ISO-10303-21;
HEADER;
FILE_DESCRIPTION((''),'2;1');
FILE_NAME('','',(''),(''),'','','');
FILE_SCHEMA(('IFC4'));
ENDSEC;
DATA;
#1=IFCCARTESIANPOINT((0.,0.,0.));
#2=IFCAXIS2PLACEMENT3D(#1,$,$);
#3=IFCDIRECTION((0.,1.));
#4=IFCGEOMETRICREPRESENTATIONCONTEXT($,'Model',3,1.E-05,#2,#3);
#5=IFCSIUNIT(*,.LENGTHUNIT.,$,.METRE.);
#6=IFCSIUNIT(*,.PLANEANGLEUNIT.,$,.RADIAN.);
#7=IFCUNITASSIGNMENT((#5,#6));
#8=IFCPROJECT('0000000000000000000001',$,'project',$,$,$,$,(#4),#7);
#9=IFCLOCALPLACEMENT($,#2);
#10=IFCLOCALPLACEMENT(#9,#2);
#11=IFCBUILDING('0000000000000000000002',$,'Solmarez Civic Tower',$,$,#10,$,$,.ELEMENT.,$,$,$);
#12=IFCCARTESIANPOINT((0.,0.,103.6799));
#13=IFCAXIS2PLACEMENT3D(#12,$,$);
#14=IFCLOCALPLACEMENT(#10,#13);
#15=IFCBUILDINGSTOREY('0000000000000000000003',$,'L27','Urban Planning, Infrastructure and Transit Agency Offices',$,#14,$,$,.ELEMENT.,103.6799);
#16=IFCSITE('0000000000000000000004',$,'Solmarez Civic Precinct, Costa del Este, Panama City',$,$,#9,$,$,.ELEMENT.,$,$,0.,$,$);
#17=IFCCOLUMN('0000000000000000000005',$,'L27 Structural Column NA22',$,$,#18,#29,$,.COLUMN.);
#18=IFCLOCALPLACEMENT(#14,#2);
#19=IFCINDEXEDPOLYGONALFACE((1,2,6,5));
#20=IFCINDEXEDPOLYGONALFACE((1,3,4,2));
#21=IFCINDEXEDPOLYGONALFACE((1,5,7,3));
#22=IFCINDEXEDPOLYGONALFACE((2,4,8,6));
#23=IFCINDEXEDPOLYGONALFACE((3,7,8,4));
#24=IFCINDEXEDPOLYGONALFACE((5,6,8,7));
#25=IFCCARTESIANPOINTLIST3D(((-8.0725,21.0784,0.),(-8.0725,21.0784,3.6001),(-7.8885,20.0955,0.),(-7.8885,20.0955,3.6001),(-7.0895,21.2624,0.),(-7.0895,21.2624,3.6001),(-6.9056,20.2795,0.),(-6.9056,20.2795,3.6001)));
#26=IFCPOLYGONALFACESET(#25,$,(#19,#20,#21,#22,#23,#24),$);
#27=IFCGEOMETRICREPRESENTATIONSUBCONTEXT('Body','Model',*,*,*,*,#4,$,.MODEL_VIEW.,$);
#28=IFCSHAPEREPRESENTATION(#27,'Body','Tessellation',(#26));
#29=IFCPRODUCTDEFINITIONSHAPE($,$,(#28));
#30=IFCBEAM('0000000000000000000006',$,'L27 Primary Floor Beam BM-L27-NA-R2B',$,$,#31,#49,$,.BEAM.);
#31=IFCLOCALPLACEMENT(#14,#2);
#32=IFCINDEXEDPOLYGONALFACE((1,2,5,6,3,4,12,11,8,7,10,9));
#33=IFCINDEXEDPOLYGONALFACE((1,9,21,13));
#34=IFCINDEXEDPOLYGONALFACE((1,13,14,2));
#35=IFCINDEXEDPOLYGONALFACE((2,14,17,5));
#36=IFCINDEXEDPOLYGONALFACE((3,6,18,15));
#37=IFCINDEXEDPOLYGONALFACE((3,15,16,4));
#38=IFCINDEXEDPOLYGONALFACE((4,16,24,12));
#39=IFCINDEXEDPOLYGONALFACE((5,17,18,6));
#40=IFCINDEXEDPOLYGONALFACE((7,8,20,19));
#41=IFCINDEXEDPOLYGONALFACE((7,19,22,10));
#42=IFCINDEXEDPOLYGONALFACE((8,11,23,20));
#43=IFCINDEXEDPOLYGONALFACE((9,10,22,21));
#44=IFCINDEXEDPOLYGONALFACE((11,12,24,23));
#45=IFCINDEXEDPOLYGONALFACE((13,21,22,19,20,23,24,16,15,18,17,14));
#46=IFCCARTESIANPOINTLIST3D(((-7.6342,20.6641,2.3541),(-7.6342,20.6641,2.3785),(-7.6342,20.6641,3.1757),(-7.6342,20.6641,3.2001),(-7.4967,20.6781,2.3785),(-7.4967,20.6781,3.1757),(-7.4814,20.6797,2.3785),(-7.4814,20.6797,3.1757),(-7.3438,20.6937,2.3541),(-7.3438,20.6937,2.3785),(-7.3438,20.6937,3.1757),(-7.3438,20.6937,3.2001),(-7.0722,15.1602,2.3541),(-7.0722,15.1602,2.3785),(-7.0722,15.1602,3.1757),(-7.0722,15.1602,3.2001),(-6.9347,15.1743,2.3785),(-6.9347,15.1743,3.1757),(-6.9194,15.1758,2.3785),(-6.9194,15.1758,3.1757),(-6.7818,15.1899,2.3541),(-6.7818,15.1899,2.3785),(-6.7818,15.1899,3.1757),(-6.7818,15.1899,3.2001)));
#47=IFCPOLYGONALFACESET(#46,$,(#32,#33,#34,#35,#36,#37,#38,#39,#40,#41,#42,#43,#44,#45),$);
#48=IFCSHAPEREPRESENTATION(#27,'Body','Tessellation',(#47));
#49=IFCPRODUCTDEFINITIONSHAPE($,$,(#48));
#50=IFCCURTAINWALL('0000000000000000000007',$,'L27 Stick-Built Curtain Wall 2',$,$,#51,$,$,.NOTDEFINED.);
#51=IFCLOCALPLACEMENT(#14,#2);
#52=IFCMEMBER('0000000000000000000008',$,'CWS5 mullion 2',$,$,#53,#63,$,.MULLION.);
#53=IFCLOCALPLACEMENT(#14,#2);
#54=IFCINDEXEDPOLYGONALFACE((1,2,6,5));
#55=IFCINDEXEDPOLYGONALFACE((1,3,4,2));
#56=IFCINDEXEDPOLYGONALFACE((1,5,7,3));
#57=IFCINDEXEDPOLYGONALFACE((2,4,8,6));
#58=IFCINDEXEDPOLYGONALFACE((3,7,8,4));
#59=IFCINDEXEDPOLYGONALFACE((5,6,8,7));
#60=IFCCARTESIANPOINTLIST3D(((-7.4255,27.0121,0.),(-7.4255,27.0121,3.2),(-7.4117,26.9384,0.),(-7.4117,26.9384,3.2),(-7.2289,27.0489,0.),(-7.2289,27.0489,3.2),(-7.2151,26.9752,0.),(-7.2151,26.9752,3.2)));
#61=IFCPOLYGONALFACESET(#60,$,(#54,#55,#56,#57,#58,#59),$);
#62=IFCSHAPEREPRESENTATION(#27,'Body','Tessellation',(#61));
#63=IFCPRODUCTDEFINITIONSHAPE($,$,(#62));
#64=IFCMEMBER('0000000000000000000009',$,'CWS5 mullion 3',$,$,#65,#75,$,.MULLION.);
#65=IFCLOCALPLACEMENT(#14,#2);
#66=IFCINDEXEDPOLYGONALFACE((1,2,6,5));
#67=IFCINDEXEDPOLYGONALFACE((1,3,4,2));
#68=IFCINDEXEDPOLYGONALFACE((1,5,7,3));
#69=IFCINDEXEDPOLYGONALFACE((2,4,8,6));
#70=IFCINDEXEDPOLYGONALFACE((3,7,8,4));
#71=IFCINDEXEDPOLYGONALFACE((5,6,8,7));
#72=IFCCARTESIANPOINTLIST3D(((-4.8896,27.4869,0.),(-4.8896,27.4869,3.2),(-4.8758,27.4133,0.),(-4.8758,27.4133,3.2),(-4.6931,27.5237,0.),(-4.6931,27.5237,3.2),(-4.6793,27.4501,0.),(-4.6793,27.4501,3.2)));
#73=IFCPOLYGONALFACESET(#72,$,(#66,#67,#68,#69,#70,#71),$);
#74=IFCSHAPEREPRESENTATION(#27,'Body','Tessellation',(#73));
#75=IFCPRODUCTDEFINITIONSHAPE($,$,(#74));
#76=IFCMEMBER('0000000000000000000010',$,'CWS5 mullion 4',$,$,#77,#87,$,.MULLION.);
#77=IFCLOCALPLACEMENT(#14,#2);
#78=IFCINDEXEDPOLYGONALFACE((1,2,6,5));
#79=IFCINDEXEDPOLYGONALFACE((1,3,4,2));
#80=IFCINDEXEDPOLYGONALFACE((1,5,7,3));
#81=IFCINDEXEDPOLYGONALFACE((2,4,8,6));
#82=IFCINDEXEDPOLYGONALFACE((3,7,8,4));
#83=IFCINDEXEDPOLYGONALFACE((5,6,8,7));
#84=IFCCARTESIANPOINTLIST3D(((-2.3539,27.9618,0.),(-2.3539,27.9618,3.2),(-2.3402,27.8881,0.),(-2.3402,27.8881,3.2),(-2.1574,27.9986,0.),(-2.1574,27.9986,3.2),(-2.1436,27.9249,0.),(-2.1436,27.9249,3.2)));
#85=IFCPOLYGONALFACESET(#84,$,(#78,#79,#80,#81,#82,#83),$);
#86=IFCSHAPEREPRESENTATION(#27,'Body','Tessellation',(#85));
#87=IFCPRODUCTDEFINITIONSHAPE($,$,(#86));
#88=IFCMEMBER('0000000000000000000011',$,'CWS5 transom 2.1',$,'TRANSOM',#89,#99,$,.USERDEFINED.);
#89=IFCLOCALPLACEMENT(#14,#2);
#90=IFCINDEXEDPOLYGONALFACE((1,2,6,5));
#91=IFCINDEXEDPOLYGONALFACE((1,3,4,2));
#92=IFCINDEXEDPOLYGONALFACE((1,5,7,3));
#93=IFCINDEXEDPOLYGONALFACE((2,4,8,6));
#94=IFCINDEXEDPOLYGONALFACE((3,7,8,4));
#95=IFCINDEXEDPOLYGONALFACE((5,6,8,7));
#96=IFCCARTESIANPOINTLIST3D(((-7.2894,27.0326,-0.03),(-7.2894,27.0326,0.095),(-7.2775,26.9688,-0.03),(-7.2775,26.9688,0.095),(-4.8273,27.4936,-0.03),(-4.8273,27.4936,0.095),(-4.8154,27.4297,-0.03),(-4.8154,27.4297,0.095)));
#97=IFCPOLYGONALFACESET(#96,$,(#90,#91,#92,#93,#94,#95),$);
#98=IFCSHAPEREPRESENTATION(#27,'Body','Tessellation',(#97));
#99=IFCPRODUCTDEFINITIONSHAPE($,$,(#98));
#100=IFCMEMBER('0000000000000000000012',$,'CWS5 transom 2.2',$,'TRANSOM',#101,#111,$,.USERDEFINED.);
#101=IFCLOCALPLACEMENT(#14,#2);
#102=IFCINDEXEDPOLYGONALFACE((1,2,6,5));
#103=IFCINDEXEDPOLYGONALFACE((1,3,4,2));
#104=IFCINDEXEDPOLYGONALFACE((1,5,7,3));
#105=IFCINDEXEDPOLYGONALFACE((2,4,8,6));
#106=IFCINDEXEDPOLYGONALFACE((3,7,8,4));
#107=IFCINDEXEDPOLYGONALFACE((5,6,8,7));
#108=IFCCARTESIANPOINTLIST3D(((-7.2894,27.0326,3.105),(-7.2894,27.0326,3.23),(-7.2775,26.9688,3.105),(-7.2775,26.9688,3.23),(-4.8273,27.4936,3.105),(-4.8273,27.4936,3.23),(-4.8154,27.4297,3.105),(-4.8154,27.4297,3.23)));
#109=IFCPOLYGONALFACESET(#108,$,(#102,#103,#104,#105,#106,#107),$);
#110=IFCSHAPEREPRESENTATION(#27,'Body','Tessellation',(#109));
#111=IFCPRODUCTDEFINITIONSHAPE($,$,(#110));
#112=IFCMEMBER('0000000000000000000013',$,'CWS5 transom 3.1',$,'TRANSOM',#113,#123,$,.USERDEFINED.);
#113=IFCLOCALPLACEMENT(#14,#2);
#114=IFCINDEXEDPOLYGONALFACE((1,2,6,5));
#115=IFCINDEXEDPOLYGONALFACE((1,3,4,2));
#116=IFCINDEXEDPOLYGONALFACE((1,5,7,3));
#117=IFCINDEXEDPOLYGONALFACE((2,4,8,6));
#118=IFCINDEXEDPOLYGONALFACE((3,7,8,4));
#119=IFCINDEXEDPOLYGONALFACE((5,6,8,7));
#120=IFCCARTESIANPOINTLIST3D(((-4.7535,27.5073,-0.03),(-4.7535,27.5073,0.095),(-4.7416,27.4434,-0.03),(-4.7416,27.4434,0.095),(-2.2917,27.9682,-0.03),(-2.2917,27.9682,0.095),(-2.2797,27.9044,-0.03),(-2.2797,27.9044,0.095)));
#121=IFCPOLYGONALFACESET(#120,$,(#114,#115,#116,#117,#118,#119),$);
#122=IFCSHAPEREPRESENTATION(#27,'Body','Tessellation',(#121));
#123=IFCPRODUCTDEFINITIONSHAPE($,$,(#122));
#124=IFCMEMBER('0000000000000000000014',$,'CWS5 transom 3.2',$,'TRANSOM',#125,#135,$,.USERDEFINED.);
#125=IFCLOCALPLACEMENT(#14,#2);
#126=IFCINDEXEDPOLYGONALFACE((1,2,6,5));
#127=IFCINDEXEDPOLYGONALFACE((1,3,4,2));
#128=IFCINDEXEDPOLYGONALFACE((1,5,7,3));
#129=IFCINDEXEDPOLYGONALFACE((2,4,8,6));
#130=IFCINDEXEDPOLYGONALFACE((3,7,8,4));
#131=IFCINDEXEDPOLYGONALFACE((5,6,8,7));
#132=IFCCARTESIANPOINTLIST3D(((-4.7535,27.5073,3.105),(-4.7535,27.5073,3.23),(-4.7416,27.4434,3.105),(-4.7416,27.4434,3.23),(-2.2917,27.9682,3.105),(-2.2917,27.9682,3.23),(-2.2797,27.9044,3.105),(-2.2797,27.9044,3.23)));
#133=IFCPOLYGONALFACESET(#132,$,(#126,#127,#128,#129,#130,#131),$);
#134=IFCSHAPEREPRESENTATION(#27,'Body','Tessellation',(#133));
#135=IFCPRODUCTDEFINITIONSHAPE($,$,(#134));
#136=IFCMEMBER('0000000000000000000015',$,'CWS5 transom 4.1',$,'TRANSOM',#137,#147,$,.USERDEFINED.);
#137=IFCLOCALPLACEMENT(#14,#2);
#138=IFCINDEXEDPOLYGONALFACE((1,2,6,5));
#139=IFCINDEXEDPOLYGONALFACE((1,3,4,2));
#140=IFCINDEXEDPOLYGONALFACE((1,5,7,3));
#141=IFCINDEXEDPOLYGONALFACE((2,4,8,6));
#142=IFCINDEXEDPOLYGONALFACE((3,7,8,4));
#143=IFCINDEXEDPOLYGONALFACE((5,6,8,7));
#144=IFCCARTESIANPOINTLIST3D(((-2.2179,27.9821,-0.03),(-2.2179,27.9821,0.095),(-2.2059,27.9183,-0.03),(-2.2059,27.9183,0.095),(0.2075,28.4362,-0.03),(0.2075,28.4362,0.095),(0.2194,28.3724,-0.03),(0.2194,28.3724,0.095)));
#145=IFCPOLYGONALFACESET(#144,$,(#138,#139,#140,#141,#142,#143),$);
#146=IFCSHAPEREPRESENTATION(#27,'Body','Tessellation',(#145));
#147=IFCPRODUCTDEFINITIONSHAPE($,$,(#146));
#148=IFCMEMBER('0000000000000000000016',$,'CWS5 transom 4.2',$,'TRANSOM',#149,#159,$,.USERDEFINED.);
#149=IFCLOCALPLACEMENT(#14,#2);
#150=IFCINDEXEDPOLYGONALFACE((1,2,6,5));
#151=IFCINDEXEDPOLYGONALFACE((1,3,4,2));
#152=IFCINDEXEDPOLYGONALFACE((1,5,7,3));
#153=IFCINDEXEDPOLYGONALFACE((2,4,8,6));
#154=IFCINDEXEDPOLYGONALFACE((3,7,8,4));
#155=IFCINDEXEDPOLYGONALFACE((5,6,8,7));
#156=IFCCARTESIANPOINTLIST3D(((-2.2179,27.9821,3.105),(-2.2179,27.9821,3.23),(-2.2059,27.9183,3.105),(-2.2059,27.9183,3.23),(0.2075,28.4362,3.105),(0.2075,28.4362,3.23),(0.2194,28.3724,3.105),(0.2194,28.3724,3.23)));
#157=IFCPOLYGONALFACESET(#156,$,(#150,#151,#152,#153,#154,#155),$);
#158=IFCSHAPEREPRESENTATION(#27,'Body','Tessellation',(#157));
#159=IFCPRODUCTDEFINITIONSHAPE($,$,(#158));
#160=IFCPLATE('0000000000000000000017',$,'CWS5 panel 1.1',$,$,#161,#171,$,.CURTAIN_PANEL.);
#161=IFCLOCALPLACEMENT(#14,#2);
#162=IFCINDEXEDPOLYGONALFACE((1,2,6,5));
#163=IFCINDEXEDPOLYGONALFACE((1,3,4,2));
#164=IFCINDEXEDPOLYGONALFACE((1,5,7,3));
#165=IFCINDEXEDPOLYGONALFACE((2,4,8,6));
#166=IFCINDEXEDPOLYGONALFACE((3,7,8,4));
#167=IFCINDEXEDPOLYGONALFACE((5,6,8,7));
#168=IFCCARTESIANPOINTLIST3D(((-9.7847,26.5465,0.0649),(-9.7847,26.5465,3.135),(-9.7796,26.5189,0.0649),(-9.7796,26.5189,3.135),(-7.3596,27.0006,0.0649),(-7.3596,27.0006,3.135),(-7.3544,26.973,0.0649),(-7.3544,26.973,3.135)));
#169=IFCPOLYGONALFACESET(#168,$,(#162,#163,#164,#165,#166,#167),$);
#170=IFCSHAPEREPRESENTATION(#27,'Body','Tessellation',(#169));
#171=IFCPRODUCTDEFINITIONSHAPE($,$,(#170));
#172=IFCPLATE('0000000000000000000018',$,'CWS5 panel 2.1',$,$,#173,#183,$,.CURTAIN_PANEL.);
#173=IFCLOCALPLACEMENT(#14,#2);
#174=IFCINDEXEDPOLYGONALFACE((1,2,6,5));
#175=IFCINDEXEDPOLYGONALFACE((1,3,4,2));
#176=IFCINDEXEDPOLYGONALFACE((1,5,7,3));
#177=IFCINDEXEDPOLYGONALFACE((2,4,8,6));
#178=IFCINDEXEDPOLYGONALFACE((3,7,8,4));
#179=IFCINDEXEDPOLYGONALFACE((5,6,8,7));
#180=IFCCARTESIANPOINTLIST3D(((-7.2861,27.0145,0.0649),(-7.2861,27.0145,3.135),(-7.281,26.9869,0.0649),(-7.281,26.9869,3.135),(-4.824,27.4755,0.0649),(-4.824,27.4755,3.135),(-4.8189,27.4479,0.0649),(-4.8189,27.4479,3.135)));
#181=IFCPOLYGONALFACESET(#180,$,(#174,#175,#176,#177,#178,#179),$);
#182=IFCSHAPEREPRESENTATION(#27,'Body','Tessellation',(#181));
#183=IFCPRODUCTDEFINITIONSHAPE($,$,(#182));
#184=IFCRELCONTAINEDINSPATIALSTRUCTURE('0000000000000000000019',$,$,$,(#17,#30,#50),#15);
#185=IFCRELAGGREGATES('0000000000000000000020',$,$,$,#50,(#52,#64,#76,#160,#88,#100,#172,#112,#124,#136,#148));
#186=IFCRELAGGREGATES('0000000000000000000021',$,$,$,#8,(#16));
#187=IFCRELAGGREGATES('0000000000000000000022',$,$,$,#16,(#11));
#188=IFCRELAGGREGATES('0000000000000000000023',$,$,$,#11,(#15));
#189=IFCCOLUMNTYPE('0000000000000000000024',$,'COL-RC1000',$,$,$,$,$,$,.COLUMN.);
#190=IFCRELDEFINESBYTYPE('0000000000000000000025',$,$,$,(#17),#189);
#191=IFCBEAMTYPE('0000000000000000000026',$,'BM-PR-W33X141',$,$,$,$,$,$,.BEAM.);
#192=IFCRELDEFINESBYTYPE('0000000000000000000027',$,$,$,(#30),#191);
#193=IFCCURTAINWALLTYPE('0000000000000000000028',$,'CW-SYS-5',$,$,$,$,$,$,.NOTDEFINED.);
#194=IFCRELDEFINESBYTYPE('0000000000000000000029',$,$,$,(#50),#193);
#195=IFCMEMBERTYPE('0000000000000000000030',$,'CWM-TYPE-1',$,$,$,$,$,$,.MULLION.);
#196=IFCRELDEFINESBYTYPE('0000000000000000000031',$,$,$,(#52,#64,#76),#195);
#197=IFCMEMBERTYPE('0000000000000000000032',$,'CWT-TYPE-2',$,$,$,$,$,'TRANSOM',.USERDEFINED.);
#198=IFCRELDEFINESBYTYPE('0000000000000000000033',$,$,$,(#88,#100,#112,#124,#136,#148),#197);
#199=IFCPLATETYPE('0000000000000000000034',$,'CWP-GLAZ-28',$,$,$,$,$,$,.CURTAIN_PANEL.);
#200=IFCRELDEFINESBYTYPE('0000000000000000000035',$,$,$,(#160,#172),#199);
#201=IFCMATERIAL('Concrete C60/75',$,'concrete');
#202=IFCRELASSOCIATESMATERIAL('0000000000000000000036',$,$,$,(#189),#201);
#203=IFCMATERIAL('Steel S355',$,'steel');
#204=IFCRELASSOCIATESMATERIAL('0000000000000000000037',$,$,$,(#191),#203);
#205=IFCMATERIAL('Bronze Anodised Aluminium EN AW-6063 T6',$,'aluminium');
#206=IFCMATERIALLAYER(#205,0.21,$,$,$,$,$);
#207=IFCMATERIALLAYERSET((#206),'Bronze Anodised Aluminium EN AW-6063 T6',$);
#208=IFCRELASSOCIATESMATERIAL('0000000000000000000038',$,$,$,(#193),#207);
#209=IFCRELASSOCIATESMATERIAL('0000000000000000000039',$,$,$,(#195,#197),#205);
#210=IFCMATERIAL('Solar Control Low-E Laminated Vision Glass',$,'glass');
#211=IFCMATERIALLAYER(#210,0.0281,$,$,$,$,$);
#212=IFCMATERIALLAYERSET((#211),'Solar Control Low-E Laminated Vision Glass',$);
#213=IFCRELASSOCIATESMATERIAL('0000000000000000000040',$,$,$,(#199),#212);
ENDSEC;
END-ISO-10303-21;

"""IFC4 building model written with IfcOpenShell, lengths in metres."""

from ifc_helpers import new_model, si_unit, direction, frame, origin, origin_2d, place, context, subcontext, project, spatial, rectangle, i_section, extrude, material, layer, layer_set, material_profile, profile_set, type_object, element, aggregate, save


model = new_model("IFC4")

# Units and contexts
model_context = context("Model", 3, precision=1e-05, world=origin(), true_north=direction((0.0, 1.0)))
body_context = subcontext(model_context, "Body", "Model", "MODEL_VIEW")
ifc_project = project(units=[si_unit("LENGTHUNIT", "METRE"), si_unit("PLANEANGLEUNIT", "RADIAN")], contexts=[model_context])

# Site, building, storey
site_placement = place(None, origin())
site = spatial("IfcSite", under=ifc_project, at=site_placement, Name="Solmarez Civic Precinct, Costa del Este, Panama City", CompositionType="ELEMENT", RefElevation=0.0)
building_placement = place(site_placement, origin())
building = spatial("IfcBuilding", under=site, at=building_placement, Name="Solmarez Civic Tower", CompositionType="ELEMENT")
storey_placement = place(building_placement, frame((0.0, 0.0, 103.6799)))
storey = spatial("IfcBuildingStorey", under=building, at=storey_placement, Name="L27", Description="Urban Planning, Infrastructure and Transit Agency Offices", CompositionType="ELEMENT", Elevation=103.6799)

# Column
ifc_material_1 = material(Name="Concrete C60/75", Category="concrete")
ifc_material_profile_1 = material_profile(ifc_material_1, rectangle(XDim=1.0, YDim=1.0, at=origin_2d()), Name="RC1000X1000")
ifc_profile_set_1 = profile_set([ifc_material_profile_1], Name="Concrete C60/75")
column_type = type_object("IfcColumnType", Name="COL-RC1000", PredefinedType="COLUMN", material=ifc_profile_set_1)
column_placement = place(storey_placement, frame((-7.489, 20.679, 0.0), z_axis=(0.0, 0.0, 1.0), x_axis=(0.982935, 0.183951, 0.0)))
element("IfcColumn", 1, at=column_placement, inside=storey, type_object=column_type, Name="L27 Structural Column NA22", PredefinedType="COLUMN", context=body_context, shape_type="SweptSolid", body=[
    extrude(rectangle(XDim=1.0, YDim=1.0, at=origin_2d()), origin(), (0.0, 0.0, 1.0), 3.6001),
])

# Beam
ifc_material_2 = material(Name="Steel S355", Category="steel")
ifc_material_profile_2 = material_profile(ifc_material_2, i_section(OverallWidth=0.292, OverallDepth=0.8459, WebThickness=0.0154, FlangeThickness=0.0244, at=origin_2d()), Name="W33X141")
ifc_profile_set_2 = profile_set([ifc_material_profile_2], Name="Steel S355")
beam_type = type_object("IfcBeamType", Name="BM-PR-W33X141", PredefinedType="BEAM", material=ifc_profile_set_2)
beam_placement = place(storey_placement, frame((-6.927, 15.175, 2.7771), z_axis=(-0.101583, 0.994827, 0.0), x_axis=(-0.994827, -0.101583, 0.0)))
element("IfcBeam", 2, at=beam_placement, inside=storey, type_object=beam_type, Name="L27 Primary Floor Beam BM-L27-NA-R2B", PredefinedType="BEAM", context=body_context, shape_type="SweptSolid", body=[
    extrude(i_section(OverallWidth=0.292, OverallDepth=0.8459, WebThickness=0.0154, FlangeThickness=0.0244, at=origin_2d()), origin(), (0.0, 0.0, 1.0), 5.5325),
])

# Curtain wall, members, plates
ifc_material_3 = material(Name="Bronze Anodised Aluminium EN AW-6063 T6", Category="aluminium")
ifc_layer_1 = layer(ifc_material_3, 0.21)
ifc_layer_set_1 = layer_set([ifc_layer_1], Name="Bronze Anodised Aluminium EN AW-6063 T6")
curtain_wall_type = type_object("IfcCurtainWallType", Name="CW-SYS-5", PredefinedType="NOTDEFINED", material=ifc_layer_set_1)
curtain_wall_placement = place(storey_placement, origin())
curtain_wall = element("IfcCurtainWall", 3, at=curtain_wall_placement, inside=storey, type_object=curtain_wall_type, Name="L27 Stick-Built Curtain Wall 2", PredefinedType="NOTDEFINED")
ifc_material_profile_3 = material_profile(ifc_material_3, rectangle(XDim=0.075, YDim=0.2, at=origin_2d()), Name="CWM-75X200")
ifc_profile_set_3 = profile_set([ifc_material_profile_3], Name="Bronze Anodised Aluminium EN AW-6063 T6")
member_type_1 = type_object("IfcMemberType", Name="CWM-TYPE-1", PredefinedType="MULLION", material=ifc_profile_set_3)
member_1_placement = place(storey_placement, frame((-7.3203, 26.9937, 0.0), z_axis=(0.0, 0.0, 1.0), x_axis=(-0.184025, 0.982922, 0.0)))
member_1 = element("IfcMember", 4, at=member_1_placement, type_object=member_type_1, Name="CWS5 mullion 2", PredefinedType="MULLION", context=body_context, shape_type="SweptSolid", body=[
    extrude(rectangle(XDim=0.075, YDim=0.2, at=origin_2d()), origin(), (0.0, 0.0, 1.0), 3.2),
])
member_2_placement = place(storey_placement, frame((-4.7844, 27.4685, 0.0), z_axis=(0.0, 0.0, 1.0), x_axis=(-0.184025, 0.982922, 0.0)))
member_2 = element("IfcMember", 5, at=member_2_placement, type_object=member_type_1, Name="CWS5 mullion 3", PredefinedType="MULLION", context=body_context, shape_type="SweptSolid", body=[
    extrude(rectangle(XDim=0.075, YDim=0.2, at=origin_2d()), origin(), (0.0, 0.0, 1.0), 3.2),
])
member_3_placement = place(storey_placement, frame((-2.2488, 27.9434, 0.0), z_axis=(0.0, 0.0, 1.0), x_axis=(-0.184025, 0.982922, 0.0)))
member_3 = element("IfcMember", 6, at=member_3_placement, type_object=member_type_1, Name="CWS5 mullion 4", PredefinedType="MULLION", context=body_context, shape_type="SweptSolid", body=[
    extrude(rectangle(XDim=0.075, YDim=0.2, at=origin_2d()), origin(), (0.0, 0.0, 1.0), 3.2),
])
ifc_material_profile_4 = material_profile(ifc_material_3, rectangle(XDim=0.0649, YDim=0.125, at=origin_2d()), Name="CWT-65X125")
ifc_profile_set_4 = profile_set([ifc_material_profile_4], Name="Bronze Anodised Aluminium EN AW-6063 T6")
member_type_2 = type_object("IfcMemberType", Name="CWT-TYPE-2", ElementType="TRANSOM", PredefinedType="USERDEFINED", material=ifc_profile_set_4)
member_4_placement = place(storey_placement, frame((-7.2834, 27.0007, 0.0325), z_axis=(0.982924, 0.184012, 0.0), x_axis=(-0.184012, 0.982924, 0.0)))
member_4 = element("IfcMember", 7, at=member_4_placement, type_object=member_type_2, Name="CWS5 transom 2.1", ObjectType="TRANSOM", PredefinedType="USERDEFINED", context=body_context, shape_type="SweptSolid", body=[
    extrude(rectangle(XDim=0.0649, YDim=0.125, at=origin_2d()), origin(), (0.0, 0.0, 1.0), 2.5049),
])
member_5_placement = place(storey_placement, frame((-7.2834, 27.0007, 3.1675), z_axis=(0.982924, 0.184012, 0.0), x_axis=(-0.184012, 0.982924, 0.0)))
member_5 = element("IfcMember", 8, at=member_5_placement, type_object=member_type_2, Name="CWS5 transom 2.2", ObjectType="TRANSOM", PredefinedType="USERDEFINED", context=body_context, shape_type="SweptSolid", body=[
    extrude(rectangle(XDim=0.0649, YDim=0.125, at=origin_2d()), origin(), (0.0, 0.0, 1.0), 2.5049),
])
member_6_placement = place(storey_placement, frame((-4.7476, 27.4753, 0.0325), z_axis=(0.982921, 0.18403, 0.0), x_axis=(-0.18403, 0.982921, 0.0)))
member_6 = element("IfcMember", 9, at=member_6_placement, type_object=member_type_2, Name="CWS5 transom 3.1", ObjectType="TRANSOM", PredefinedType="USERDEFINED", context=body_context, shape_type="SweptSolid", body=[
    extrude(rectangle(XDim=0.0649, YDim=0.125, at=origin_2d()), origin(), (0.0, 0.0, 1.0), 2.5046),
])
member_7_placement = place(storey_placement, frame((-4.7476, 27.4753, 3.1675), z_axis=(0.982921, 0.18403, 0.0), x_axis=(-0.18403, 0.982921, 0.0)))
member_7 = element("IfcMember", 10, at=member_7_placement, type_object=member_type_2, Name="CWS5 transom 3.2", ObjectType="TRANSOM", PredefinedType="USERDEFINED", context=body_context, shape_type="SweptSolid", body=[
    extrude(rectangle(XDim=0.0649, YDim=0.125, at=origin_2d()), origin(), (0.0, 0.0, 1.0), 2.5046),
])
member_8_placement = place(storey_placement, frame((-2.2119, 27.9502, 0.0325), z_axis=(0.982919, 0.184038, 0.0), x_axis=(-0.184038, 0.982919, 0.0)))
member_8 = element("IfcMember", 11, at=member_8_placement, type_object=member_type_2, Name="CWS5 transom 4.1", ObjectType="TRANSOM", PredefinedType="USERDEFINED", context=body_context, shape_type="SweptSolid", body=[
    extrude(rectangle(XDim=0.0649, YDim=0.125, at=origin_2d()), origin(), (0.0, 0.0, 1.0), 2.4675),
])
member_9_placement = place(storey_placement, frame((-2.2119, 27.9502, 3.1675), z_axis=(0.982919, 0.184038, 0.0), x_axis=(-0.184038, 0.982919, 0.0)))
member_9 = element("IfcMember", 12, at=member_9_placement, type_object=member_type_2, Name="CWS5 transom 4.2", ObjectType="TRANSOM", PredefinedType="USERDEFINED", context=body_context, shape_type="SweptSolid", body=[
    extrude(rectangle(XDim=0.0649, YDim=0.125, at=origin_2d()), origin(), (0.0, 0.0, 1.0), 2.4675),
])
ifc_material_4 = material(Name="Solar Control Low-E Laminated Vision Glass", Category="glass")
ifc_layer_2 = layer(ifc_material_4, 0.0281)
ifc_layer_set_2 = layer_set([ifc_layer_2], Name="Solar Control Low-E Laminated Vision Glass")
plate_type_1 = type_object("IfcPlateType", Name="CWP-GLAZ-28", PredefinedType="CURTAIN_PANEL", material=ifc_layer_set_2)
plate_1_placement = place(storey_placement, frame((-8.5696, 26.7598, 0.0649), z_axis=(0.0, 0.0, 1.0), x_axis=(0.982922, 0.184025, 0.0)))
plate_1 = element("IfcPlate", 13, at=plate_1_placement, type_object=plate_type_1, Name="CWS5 panel 1.1", PredefinedType="CURTAIN_PANEL", context=body_context, shape_type="SweptSolid", body=[
    extrude(rectangle(XDim=2.4673, YDim=0.0281, at=origin_2d()), origin(), (0.0, 0.0, 1.0), 3.0701),
])
plate_2_placement = place(storey_placement, frame((-6.0525, 27.2312, 0.0649), z_axis=(0.0, 0.0, 1.0), x_axis=(0.982922, 0.184025, 0.0)))
plate_2 = element("IfcPlate", 14, at=plate_2_placement, type_object=plate_type_1, Name="CWS5 panel 2.1", PredefinedType="CURTAIN_PANEL", context=body_context, shape_type="SweptSolid", body=[
    extrude(rectangle(XDim=2.5049, YDim=0.0281, at=origin_2d()), origin(), (0.0, 0.0, 1.0), 3.0701),
])
aggregate(curtain_wall, [member_1, member_2, member_3, plate_1, member_4, member_5, plate_2, member_6, member_7, member_8, member_9])

save(model, "model.ifc")
